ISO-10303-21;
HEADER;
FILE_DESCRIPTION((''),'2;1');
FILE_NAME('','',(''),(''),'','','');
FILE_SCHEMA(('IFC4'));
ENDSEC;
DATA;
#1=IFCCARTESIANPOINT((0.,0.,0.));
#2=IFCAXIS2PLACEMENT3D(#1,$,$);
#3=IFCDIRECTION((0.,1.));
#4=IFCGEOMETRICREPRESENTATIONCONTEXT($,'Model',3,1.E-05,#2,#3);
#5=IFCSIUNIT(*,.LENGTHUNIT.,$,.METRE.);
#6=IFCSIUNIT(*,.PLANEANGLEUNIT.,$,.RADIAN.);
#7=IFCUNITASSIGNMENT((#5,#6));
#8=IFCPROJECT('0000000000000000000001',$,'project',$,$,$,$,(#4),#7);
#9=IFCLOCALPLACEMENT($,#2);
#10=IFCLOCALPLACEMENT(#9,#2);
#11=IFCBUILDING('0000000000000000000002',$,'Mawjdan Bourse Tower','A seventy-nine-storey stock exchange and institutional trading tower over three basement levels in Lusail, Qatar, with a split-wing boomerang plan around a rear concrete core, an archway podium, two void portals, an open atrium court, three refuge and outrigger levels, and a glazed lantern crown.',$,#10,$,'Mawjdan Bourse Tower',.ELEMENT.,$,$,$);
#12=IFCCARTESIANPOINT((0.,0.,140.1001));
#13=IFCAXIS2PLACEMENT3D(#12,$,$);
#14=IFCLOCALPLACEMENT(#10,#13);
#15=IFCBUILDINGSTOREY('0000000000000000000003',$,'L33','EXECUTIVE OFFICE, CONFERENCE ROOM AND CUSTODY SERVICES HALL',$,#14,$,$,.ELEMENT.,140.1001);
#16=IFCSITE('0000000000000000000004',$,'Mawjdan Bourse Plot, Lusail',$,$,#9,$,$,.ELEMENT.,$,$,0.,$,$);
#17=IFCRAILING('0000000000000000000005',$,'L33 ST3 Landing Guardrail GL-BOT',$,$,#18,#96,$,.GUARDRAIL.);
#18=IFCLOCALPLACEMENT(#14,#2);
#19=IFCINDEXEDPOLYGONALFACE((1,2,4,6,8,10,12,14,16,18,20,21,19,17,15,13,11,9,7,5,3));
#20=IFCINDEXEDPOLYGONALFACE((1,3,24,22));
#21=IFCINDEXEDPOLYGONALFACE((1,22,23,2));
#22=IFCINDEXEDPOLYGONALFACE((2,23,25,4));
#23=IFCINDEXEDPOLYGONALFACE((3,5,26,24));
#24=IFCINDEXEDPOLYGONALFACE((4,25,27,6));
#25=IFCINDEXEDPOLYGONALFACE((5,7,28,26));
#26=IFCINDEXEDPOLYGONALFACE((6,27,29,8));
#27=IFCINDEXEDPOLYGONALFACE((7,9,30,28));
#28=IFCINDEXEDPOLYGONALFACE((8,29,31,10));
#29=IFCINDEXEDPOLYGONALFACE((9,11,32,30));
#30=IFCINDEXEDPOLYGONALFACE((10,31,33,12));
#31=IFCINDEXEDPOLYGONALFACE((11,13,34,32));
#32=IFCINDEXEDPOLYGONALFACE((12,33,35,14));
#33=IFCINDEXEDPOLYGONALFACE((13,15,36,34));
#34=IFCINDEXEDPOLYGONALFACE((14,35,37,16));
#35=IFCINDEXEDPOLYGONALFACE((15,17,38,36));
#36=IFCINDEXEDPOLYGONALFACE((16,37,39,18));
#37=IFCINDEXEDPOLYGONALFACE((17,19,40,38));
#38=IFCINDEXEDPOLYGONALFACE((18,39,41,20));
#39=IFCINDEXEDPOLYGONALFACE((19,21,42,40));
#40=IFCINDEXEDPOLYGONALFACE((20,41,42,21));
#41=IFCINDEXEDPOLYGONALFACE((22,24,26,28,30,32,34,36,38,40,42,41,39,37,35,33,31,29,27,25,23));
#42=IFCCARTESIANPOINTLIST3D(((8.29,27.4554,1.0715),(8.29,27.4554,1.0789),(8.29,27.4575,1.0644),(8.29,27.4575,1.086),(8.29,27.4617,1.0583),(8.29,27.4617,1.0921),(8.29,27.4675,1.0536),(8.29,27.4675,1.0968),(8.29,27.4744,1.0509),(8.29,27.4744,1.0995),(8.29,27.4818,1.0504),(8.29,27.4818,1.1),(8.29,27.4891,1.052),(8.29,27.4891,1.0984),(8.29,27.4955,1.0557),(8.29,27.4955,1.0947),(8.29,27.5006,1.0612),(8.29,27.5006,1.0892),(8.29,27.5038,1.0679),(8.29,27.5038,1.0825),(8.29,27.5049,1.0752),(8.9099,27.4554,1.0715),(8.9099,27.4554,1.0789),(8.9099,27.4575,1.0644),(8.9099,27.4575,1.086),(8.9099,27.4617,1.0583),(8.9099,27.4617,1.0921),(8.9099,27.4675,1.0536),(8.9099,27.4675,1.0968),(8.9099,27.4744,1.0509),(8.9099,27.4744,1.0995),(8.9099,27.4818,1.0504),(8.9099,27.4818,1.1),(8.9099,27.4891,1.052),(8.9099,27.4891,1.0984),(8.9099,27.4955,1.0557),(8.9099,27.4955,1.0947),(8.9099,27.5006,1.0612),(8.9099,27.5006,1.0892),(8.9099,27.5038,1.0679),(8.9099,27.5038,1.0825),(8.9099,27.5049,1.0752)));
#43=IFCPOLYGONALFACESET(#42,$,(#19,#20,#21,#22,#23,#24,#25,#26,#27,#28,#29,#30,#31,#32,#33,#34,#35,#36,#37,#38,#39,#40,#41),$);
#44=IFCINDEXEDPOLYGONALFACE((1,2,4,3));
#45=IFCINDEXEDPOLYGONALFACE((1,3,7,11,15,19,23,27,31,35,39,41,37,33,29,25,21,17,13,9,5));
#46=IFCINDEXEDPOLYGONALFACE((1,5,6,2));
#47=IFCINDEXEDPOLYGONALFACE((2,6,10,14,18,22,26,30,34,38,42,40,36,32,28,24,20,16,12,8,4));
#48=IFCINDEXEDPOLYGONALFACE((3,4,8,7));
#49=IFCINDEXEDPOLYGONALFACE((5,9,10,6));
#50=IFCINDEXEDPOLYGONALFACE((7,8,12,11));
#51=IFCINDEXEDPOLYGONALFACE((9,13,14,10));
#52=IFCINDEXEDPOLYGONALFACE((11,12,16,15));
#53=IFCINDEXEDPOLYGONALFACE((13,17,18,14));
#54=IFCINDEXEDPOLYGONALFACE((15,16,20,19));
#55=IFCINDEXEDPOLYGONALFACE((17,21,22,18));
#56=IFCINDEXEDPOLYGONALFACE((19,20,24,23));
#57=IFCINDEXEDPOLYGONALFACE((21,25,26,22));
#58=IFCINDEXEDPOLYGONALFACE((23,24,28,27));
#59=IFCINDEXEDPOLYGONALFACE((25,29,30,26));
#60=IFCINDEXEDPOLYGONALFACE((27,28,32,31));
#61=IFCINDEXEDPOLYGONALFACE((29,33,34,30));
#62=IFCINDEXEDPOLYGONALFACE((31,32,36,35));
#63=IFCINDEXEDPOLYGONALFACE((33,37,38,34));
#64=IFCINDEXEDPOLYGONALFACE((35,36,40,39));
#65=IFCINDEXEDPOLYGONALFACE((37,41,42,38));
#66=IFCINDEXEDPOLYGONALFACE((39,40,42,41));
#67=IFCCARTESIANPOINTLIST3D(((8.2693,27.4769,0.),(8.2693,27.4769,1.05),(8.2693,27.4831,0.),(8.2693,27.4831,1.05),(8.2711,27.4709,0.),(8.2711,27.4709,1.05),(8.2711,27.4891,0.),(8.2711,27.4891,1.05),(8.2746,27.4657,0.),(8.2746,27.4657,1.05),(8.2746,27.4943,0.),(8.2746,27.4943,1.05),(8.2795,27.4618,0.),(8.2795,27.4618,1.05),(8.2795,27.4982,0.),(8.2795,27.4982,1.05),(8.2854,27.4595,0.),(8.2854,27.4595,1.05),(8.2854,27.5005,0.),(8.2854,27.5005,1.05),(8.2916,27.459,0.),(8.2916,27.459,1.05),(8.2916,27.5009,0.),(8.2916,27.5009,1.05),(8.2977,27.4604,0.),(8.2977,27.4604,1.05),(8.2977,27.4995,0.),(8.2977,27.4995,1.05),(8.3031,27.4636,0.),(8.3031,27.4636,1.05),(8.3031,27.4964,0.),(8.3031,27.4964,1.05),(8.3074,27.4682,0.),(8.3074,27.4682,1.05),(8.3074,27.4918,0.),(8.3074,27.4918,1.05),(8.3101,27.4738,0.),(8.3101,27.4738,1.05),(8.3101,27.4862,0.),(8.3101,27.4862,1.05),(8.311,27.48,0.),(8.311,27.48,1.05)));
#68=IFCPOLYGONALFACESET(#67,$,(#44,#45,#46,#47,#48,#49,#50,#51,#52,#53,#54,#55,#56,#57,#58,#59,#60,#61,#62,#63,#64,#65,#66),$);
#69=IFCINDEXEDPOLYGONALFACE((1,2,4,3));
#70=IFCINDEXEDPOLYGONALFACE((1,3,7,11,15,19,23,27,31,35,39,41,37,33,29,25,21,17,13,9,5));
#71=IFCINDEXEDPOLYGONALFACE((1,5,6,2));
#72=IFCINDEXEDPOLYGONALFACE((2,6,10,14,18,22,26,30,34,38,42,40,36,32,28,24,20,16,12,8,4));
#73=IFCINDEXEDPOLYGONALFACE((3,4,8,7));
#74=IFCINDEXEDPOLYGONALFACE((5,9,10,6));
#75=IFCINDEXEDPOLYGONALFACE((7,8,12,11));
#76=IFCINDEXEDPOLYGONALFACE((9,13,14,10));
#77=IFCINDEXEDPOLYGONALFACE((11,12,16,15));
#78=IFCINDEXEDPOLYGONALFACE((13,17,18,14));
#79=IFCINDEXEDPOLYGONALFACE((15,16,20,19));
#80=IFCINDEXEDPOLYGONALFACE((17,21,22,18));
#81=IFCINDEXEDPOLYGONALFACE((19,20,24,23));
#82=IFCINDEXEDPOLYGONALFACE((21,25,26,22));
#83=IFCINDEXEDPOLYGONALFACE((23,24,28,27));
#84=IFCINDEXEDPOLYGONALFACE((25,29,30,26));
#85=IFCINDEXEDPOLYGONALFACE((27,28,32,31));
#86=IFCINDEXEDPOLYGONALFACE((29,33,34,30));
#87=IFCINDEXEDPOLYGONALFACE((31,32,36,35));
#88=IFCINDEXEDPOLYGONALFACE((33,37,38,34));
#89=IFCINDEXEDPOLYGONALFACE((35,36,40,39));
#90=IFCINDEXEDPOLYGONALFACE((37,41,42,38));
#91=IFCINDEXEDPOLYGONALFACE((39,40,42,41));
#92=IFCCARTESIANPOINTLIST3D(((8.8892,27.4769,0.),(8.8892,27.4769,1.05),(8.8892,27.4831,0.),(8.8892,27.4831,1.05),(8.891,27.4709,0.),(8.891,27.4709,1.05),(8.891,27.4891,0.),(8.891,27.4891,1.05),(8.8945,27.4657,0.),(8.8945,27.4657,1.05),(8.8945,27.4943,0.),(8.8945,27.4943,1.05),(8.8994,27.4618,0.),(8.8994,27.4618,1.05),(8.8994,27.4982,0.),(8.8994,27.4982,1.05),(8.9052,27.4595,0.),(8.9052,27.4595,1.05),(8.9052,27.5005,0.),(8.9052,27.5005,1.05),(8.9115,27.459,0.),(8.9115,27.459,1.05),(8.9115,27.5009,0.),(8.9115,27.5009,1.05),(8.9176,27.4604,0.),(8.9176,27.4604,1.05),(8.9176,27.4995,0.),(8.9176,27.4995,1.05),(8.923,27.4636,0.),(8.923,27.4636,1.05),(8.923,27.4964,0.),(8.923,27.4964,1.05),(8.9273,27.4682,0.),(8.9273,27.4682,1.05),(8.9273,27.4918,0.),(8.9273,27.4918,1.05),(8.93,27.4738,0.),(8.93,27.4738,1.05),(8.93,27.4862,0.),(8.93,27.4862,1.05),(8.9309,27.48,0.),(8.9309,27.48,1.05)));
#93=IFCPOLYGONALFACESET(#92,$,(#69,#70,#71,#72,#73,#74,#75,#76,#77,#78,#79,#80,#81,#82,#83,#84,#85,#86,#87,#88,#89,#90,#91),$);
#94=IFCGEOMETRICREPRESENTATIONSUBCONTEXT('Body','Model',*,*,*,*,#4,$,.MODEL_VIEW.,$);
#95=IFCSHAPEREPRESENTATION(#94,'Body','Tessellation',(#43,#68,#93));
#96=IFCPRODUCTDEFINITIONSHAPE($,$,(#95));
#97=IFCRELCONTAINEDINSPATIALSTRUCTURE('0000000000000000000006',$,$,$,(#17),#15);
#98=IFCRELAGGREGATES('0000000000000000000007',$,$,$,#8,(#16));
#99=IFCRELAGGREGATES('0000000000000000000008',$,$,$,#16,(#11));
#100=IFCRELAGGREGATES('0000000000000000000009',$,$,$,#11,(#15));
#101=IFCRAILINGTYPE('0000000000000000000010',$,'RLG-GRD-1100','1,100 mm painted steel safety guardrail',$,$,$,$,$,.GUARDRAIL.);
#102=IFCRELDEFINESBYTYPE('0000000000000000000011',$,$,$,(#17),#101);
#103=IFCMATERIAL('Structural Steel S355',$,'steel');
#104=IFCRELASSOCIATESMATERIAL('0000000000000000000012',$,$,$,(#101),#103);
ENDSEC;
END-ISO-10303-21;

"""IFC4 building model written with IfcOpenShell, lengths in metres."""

from ifc_helpers import new_model, si_unit, direction, frame, origin, origin_2d, place, context, subcontext, project, spatial, circle, extrude, material, type_object, element, save


model = new_model("IFC4")

# Units and contexts
model_context = context("Model", 3, precision=1e-05, world=origin(), true_north=direction((0.0, 1.0)))
body_context = subcontext(model_context, "Body", "Model", "MODEL_VIEW")
ifc_project = project(units=[si_unit("LENGTHUNIT", "METRE"), si_unit("PLANEANGLEUNIT", "RADIAN")], contexts=[model_context])

# Site, building, storey
site_placement = place(None, origin())
site = spatial("IfcSite", under=ifc_project, at=site_placement, Name="Mawjdan Bourse Plot, Lusail", CompositionType="ELEMENT", RefElevation=0.0)
building_placement = place(site_placement, origin())
building = spatial("IfcBuilding", under=site, at=building_placement, Name="Mawjdan Bourse Tower", Description="A seventy-nine-storey stock exchange and institutional trading tower over three basement levels in Lusail, Qatar, with a split-wing boomerang plan around a rear concrete core, an archway podium, two void portals, an open atrium court, three refuge and outrigger levels, and a glazed lantern crown.", LongName="Mawjdan Bourse Tower", CompositionType="ELEMENT")
storey_placement = place(building_placement, frame((0.0, 0.0, 140.1001)))
storey = spatial("IfcBuildingStorey", under=building, at=storey_placement, Name="L33", Description="EXECUTIVE OFFICE, CONFERENCE ROOM AND CUSTODY SERVICES HALL", CompositionType="ELEMENT", Elevation=140.1001)

# Shared definitions
ifc_material_1 = material(Name="Structural Steel S355", Category="steel")

# Railing
railing_type_1 = type_object("IfcRailingType", Name="RLG-GRD-1100", Description="1,100 mm painted steel safety guardrail", PredefinedType="GUARDRAIL", material=ifc_material_1)
for number, where, name in (
    (1, (8.29, 27.48, 0.0), "L33 ST3 Landing Guardrail GL-BOT"),
):
    element("IfcRailing", number, at=place(storey_placement, frame(where)), inside=storey, type_object=railing_type_1, Name=name, PredefinedType="GUARDRAIL", context=body_context, shape_type="SweptSolid", body=[
        extrude(circle(Radius=0.0249, at=origin_2d()), frame((0.0, 0.0, 1.0752), z_axis=(1.0, 0.0, 0.0), x_axis=(0.0, 1.0, 0.0)), (0.0, 0.0, 1.0), 0.6199),
        extrude(circle(Radius=0.021, at=origin_2d()), origin(), (0.0, 0.0, 1.0), 1.05),
        extrude(circle(Radius=0.021, at=origin_2d()), frame((0.6199, 0.0, 0.0)), (0.0, 0.0, 1.0), 1.05),
    ])

save(model, "model.ifc")
